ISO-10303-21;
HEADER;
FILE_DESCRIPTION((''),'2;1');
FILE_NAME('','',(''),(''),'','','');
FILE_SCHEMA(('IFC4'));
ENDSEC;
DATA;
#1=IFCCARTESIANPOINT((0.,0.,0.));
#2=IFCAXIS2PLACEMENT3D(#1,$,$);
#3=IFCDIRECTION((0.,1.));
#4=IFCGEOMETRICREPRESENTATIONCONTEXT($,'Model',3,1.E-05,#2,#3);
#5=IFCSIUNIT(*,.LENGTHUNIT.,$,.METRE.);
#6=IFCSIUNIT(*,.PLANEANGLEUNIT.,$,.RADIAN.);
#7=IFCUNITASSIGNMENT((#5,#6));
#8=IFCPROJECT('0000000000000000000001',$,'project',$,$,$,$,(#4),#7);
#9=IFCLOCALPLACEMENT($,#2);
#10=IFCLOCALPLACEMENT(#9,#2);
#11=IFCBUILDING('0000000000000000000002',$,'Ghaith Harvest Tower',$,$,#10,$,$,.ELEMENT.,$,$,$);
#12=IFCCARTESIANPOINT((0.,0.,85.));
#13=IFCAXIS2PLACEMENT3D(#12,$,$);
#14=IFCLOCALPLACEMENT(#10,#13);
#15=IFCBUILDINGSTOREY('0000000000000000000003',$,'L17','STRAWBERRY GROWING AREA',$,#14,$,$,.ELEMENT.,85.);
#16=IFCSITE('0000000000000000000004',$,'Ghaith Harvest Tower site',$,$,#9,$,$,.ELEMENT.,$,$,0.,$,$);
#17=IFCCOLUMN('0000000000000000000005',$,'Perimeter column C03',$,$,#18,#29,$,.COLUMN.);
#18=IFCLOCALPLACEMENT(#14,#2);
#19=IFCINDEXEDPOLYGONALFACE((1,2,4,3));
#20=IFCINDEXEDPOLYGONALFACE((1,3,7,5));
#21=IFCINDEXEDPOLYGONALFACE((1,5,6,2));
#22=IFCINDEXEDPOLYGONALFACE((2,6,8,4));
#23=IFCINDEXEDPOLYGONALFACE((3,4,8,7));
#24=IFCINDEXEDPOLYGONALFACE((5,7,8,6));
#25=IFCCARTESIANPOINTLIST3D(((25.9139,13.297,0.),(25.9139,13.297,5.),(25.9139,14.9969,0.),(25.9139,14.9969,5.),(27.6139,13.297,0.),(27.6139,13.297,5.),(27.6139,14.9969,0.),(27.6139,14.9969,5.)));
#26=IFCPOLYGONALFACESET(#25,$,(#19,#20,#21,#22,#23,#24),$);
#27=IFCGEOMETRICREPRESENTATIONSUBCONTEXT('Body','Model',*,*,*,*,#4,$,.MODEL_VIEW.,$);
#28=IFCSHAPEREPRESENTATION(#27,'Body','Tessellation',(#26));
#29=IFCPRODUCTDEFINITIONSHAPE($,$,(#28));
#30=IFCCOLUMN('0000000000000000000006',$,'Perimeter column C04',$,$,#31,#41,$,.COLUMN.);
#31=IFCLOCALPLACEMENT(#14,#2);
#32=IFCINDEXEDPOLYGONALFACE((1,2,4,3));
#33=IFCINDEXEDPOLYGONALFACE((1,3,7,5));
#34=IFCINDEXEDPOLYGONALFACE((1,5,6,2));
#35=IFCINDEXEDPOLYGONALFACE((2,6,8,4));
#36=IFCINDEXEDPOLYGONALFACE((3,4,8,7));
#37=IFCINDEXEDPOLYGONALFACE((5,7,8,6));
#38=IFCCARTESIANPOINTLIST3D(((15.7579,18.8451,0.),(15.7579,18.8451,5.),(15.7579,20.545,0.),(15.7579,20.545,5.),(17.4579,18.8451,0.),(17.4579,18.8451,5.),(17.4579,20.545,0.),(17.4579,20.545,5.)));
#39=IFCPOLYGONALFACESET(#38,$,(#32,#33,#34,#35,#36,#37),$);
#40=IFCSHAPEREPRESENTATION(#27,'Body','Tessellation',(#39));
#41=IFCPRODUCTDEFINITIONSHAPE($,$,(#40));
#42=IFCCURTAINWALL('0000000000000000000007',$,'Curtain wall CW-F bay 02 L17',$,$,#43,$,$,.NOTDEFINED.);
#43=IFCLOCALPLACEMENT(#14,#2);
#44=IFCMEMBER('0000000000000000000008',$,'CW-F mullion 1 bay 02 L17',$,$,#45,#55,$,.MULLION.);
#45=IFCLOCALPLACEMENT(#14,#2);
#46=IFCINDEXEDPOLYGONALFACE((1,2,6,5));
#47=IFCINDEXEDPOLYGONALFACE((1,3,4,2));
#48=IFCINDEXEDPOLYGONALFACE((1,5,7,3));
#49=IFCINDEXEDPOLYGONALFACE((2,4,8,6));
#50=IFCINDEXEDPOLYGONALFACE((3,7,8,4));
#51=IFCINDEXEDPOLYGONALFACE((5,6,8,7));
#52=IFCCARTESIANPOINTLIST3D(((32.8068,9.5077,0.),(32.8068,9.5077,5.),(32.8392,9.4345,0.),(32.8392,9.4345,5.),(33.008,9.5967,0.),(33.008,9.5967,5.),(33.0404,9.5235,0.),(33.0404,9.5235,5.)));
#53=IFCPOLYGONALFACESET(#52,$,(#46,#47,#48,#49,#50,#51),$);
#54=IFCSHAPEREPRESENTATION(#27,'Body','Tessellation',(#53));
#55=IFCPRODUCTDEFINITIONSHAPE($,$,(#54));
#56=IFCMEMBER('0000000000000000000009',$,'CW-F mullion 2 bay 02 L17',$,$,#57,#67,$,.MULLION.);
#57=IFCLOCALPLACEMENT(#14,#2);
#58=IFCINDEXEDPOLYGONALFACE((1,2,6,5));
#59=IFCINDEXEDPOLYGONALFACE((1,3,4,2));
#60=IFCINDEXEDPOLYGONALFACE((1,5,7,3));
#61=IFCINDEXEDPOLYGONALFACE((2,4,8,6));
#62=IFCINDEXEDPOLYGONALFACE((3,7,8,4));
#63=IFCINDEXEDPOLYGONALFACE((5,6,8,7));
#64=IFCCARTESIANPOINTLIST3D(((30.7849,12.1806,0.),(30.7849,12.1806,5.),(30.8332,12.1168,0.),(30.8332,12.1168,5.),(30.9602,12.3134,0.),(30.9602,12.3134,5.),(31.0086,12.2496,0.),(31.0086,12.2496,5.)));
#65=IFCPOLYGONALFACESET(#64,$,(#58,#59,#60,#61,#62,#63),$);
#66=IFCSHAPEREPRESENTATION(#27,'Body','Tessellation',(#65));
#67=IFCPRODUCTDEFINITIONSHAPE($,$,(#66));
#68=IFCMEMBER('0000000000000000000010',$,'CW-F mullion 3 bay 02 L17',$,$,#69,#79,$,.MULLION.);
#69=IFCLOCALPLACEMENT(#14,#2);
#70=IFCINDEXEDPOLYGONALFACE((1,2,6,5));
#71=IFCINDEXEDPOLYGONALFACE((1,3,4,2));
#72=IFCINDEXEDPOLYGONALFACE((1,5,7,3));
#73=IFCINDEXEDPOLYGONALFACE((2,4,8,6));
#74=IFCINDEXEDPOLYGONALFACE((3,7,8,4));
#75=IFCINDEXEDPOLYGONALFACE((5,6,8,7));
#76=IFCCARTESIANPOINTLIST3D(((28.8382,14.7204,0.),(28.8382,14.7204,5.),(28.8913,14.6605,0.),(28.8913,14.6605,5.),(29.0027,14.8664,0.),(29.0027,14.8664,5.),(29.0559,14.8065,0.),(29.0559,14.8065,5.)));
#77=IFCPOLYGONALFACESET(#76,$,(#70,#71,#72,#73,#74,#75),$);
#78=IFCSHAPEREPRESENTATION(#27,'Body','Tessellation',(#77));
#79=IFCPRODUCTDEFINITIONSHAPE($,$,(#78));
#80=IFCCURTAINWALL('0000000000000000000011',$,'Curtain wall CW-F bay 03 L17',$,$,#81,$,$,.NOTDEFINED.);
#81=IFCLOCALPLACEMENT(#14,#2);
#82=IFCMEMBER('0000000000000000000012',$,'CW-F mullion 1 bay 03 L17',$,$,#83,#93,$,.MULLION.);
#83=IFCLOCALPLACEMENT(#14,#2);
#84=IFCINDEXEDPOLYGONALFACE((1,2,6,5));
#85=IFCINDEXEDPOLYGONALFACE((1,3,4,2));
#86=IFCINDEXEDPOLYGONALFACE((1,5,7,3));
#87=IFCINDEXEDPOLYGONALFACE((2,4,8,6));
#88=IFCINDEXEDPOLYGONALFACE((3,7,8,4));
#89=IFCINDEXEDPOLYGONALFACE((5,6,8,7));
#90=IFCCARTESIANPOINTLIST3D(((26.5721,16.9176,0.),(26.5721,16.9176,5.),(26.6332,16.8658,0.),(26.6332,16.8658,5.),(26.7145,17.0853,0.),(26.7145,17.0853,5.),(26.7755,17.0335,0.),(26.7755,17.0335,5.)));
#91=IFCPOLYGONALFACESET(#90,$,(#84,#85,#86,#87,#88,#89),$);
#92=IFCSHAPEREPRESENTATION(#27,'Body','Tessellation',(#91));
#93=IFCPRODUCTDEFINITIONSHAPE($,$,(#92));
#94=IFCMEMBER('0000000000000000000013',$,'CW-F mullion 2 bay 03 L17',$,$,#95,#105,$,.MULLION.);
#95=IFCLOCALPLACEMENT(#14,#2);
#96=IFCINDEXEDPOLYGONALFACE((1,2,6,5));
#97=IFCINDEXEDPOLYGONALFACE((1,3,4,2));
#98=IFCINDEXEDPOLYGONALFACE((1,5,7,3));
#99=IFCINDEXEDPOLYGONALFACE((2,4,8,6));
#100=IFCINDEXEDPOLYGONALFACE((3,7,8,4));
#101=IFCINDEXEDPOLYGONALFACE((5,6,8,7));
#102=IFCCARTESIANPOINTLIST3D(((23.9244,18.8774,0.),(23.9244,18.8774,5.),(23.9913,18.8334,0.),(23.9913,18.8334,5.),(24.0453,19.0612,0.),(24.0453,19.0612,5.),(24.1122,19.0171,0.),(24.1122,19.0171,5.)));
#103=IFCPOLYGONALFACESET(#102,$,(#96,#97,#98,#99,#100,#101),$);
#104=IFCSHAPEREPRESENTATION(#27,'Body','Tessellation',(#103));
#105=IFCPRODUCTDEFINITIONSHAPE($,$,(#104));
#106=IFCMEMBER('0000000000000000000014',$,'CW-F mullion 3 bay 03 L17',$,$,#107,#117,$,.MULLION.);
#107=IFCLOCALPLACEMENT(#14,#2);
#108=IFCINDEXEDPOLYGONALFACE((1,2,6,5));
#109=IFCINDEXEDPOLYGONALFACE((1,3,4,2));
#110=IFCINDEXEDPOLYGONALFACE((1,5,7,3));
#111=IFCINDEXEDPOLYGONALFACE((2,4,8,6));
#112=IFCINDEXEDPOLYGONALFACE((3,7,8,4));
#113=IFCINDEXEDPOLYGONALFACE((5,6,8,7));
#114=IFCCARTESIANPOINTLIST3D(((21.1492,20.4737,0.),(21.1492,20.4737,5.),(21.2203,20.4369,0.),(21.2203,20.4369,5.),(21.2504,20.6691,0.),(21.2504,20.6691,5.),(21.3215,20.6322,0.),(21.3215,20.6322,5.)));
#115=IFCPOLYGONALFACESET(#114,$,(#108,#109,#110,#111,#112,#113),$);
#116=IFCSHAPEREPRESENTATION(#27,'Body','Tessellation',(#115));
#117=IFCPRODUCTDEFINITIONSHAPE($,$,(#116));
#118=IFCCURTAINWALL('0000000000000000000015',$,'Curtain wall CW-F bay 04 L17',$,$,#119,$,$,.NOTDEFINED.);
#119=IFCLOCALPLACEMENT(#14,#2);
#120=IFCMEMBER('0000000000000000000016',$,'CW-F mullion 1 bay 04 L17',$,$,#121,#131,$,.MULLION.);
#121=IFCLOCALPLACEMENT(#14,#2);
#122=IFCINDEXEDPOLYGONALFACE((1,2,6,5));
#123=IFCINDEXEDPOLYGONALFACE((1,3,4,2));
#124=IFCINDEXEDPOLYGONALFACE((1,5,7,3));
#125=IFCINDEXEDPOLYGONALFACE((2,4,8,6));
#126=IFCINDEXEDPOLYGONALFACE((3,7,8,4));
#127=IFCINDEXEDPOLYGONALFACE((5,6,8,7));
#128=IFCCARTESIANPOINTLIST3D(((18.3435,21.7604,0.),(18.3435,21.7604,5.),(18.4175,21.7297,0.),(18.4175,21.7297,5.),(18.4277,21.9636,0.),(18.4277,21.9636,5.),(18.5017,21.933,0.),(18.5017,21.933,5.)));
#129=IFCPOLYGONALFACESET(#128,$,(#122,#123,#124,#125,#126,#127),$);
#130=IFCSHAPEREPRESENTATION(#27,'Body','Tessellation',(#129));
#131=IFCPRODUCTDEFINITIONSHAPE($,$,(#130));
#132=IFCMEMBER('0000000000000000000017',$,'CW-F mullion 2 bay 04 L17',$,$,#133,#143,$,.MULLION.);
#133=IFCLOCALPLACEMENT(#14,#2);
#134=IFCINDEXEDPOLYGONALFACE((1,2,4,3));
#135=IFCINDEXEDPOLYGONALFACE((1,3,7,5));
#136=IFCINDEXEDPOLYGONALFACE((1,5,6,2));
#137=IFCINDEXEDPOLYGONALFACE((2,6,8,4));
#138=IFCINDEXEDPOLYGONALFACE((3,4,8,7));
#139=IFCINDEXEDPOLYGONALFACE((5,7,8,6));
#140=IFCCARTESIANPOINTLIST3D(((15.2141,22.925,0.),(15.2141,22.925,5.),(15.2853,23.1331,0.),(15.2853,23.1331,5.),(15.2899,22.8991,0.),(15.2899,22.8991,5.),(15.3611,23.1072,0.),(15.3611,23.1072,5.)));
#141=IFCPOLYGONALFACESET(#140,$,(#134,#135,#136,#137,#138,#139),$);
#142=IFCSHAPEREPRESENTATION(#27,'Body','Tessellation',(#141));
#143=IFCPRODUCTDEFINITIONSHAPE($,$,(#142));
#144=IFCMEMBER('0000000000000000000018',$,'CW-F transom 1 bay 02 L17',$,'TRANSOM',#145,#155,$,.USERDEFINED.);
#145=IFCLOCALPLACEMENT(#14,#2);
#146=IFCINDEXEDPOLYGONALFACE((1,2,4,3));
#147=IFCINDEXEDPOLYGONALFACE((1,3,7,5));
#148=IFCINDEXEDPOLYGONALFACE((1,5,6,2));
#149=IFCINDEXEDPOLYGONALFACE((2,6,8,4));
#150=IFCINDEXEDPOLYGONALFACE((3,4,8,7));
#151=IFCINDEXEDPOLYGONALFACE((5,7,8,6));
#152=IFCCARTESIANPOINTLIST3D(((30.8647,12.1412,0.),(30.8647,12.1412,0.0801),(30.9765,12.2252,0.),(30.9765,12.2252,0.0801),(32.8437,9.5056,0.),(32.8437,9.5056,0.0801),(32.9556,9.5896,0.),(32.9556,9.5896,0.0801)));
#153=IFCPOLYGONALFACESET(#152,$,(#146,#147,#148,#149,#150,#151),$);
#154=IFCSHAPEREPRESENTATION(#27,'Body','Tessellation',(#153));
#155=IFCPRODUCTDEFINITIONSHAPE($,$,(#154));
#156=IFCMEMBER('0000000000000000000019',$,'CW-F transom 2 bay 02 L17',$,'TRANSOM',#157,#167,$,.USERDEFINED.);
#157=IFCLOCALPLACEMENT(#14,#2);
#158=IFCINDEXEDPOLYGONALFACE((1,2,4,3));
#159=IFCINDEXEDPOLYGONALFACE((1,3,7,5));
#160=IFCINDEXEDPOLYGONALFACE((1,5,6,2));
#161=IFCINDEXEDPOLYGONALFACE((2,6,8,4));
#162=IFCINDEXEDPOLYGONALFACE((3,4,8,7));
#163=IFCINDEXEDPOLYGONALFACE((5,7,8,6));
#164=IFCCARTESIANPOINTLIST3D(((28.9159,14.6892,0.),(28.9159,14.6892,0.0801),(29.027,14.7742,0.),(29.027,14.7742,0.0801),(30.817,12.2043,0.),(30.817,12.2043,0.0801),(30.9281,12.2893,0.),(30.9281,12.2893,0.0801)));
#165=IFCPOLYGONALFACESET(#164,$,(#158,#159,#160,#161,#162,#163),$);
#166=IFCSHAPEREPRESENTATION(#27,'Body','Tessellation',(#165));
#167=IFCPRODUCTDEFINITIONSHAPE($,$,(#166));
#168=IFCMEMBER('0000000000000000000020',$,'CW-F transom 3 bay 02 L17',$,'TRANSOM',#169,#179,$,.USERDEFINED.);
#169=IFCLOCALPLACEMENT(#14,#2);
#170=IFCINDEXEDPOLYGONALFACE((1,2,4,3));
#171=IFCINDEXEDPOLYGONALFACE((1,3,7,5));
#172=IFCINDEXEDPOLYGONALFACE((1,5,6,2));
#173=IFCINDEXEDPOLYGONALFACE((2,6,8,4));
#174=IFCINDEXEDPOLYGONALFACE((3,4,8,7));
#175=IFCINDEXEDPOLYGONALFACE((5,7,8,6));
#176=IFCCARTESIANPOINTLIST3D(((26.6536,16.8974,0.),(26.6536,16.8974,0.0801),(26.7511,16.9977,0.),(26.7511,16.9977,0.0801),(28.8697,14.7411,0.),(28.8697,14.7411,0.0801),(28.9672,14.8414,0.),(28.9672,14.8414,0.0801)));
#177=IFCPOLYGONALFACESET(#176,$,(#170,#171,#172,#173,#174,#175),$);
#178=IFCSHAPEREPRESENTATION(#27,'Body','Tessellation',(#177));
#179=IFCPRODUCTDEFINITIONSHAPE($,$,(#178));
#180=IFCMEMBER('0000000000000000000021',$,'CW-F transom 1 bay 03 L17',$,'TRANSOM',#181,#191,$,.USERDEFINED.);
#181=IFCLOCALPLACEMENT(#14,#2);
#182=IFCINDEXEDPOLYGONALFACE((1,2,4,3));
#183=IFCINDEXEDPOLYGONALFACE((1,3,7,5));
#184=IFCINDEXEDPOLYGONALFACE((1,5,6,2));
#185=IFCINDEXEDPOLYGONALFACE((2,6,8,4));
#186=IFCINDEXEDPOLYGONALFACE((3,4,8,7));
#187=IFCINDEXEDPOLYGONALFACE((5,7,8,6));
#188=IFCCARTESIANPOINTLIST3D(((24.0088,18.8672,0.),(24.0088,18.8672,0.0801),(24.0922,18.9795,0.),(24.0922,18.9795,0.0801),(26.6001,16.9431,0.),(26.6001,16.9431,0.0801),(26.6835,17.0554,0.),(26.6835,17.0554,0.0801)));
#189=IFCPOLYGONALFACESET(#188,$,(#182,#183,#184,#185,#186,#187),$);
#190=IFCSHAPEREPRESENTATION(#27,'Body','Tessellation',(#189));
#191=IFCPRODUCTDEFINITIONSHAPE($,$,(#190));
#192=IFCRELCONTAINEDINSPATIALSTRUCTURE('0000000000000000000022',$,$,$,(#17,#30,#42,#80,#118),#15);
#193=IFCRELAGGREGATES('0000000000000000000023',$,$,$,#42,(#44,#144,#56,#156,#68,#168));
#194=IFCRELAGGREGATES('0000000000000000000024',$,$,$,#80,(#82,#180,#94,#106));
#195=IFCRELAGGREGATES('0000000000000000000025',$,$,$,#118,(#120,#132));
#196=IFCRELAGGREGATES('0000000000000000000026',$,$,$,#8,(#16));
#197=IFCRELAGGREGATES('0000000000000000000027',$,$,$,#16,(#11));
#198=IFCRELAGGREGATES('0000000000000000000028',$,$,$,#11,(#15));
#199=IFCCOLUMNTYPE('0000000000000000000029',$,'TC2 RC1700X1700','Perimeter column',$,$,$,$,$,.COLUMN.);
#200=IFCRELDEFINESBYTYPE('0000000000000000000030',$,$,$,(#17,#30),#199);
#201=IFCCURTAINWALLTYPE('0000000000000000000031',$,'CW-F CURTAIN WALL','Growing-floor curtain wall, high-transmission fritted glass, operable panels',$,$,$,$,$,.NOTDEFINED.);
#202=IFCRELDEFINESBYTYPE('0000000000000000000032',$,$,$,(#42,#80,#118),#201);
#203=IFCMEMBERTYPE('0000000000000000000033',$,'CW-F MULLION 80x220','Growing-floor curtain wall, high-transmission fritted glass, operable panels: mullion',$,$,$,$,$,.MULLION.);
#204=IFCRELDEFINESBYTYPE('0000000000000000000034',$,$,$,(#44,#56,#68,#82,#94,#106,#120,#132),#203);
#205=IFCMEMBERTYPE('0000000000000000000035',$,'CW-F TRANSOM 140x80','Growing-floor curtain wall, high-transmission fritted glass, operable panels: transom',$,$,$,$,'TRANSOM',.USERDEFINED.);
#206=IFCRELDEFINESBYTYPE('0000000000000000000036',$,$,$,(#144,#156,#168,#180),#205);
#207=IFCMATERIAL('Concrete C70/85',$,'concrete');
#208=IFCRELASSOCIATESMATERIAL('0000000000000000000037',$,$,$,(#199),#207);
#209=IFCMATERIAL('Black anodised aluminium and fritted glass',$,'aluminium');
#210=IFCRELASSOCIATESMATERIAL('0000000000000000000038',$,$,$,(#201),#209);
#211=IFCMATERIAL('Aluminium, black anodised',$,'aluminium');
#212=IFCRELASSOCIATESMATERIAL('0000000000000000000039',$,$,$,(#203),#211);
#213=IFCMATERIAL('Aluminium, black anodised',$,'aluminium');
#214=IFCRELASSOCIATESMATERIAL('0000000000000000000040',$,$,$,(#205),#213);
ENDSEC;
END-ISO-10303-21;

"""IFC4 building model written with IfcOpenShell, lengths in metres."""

from ifc_helpers import new_model, si_unit, direction, frame, origin, origin_2d, place, context, subcontext, project, spatial, rectangle, extrude, material, material_profile, profile_set, type_object, element, aggregate, save


model = new_model("IFC4")

# Units and contexts
model_context = context("Model", 3, precision=1e-05, world=origin(), true_north=direction((0.0, 1.0)))
body_context = subcontext(model_context, "Body", "Model", "MODEL_VIEW")
ifc_project = project(units=[si_unit("LENGTHUNIT", "METRE"), si_unit("PLANEANGLEUNIT", "RADIAN")], contexts=[model_context])

# Site, building, storey
site_placement = place(None, origin())
site = spatial("IfcSite", under=ifc_project, at=site_placement, Name="Ghaith Harvest Tower site", CompositionType="ELEMENT", RefElevation=0.0)
building_placement = place(site_placement, origin())
building = spatial("IfcBuilding", under=site, at=building_placement, Name="Ghaith Harvest Tower", CompositionType="ELEMENT")
storey_placement = place(building_placement, frame((0.0, 0.0, 85.0)))
storey = spatial("IfcBuildingStorey", under=building, at=storey_placement, Name="L17", Description="STRAWBERRY GROWING AREA", CompositionType="ELEMENT", Elevation=85.0)

# Columns
ifc_material_1 = material(Name="Concrete C70/85", Category="concrete")
ifc_material_profile_1 = material_profile(ifc_material_1, rectangle(XDim=1.7, YDim=1.7, at=origin_2d()), Name="RC1700X1700")
ifc_profile_set_1 = profile_set([ifc_material_profile_1], Name="Concrete C70/85")
column_type = type_object("IfcColumnType", Name="TC2 RC1700X1700", Description="Perimeter column", PredefinedType="COLUMN", material=ifc_profile_set_1)
for number, where, z_axis, x_axis, name in (
    (1, (26.7639, 14.147, 0.0), (0.0, 0.0, 1.0), (1.0, 0.0, 0.0), "Perimeter column C03"),
    (2, (16.6079, 19.6951, 0.0), (0.0, 0.0, 1.0), (1.0, 0.0, 0.0), "Perimeter column C04"),
):
    element("IfcColumn", number, at=place(storey_placement, frame(where, z_axis=z_axis, x_axis=x_axis)), inside=storey, type_object=column_type, Name=name, PredefinedType="COLUMN", context=body_context, shape_type="SweptSolid", body=[
        extrude(rectangle(XDim=1.7, YDim=1.7, at=origin_2d()), origin(), (0.0, 0.0, 1.0), 5.0),
    ])

# Curtain walls, members
ifc_material_2 = material(Name="Black anodised aluminium and fritted glass", Category="aluminium")
curtain_wall_type = type_object("IfcCurtainWallType", Name="CW-F CURTAIN WALL", Description="Growing-floor curtain wall, high-transmission fritted glass, operable panels", PredefinedType="NOTDEFINED", material=ifc_material_2)
curtain_wall_1_placement = place(storey_placement, origin())
curtain_wall_1 = element("IfcCurtainWall", 3, at=curtain_wall_1_placement, inside=storey, type_object=curtain_wall_type, Name="Curtain wall CW-F bay 02 L17", PredefinedType="NOTDEFINED")
ifc_material_3 = material(Name="Aluminium, black anodised", Category="aluminium")
ifc_material_profile_2 = material_profile(ifc_material_3, rectangle(XDim=0.0801, YDim=0.22, at=origin_2d()), Name="CW-F MULLION 80x220")
ifc_profile_set_2 = profile_set([ifc_material_profile_2], Name="Aluminium, black anodised")
member_type_1 = type_object("IfcMemberType", Name="CW-F MULLION 80x220", Description="Growing-floor curtain wall, high-transmission fritted glass, operable panels: mullion", PredefinedType="MULLION", material=ifc_profile_set_2)
member_1_placement = place(storey_placement, frame((32.9236, 9.5156, 0.0), z_axis=(0.0, 0.0, 1.0), x_axis=(-0.404702, 0.914449, 0.0)))
member_1 = element("IfcMember", 4, at=member_1_placement, type_object=member_type_1, Name="CW-F mullion 1 bay 02 L17", PredefinedType="MULLION", context=body_context, shape_type="SweptSolid", body=[
    extrude(rectangle(XDim=0.0801, YDim=0.22, at=origin_2d()), origin(), (0.0, 0.0, 1.0), 5.0),
])
member_2_placement = place(storey_placement, frame((30.8967, 12.2151, 0.0), z_axis=(0.0, 0.0, 1.0), x_axis=(-0.603948, 0.797023, 0.0)))
member_2 = element("IfcMember", 5, at=member_2_placement, type_object=member_type_1, Name="CW-F mullion 2 bay 02 L17", PredefinedType="MULLION", context=body_context, shape_type="SweptSolid", body=[
    extrude(rectangle(XDim=0.0801, YDim=0.22, at=origin_2d()), origin(), (0.0, 0.0, 1.0), 5.0),
])
member_3_placement = place(storey_placement, frame((28.947, 14.7634, 0.0), z_axis=(0.0, 0.0, 1.0), x_axis=(-0.663605, 0.748083, 0.0)))
member_3 = element("IfcMember", 6, at=member_3_placement, type_object=member_type_1, Name="CW-F mullion 3 bay 02 L17", PredefinedType="MULLION", context=body_context, shape_type="SweptSolid", body=[
    extrude(rectangle(XDim=0.0801, YDim=0.22, at=origin_2d()), origin(), (0.0, 0.0, 1.0), 5.0),
])
curtain_wall_2_placement = place(storey_placement, origin())
curtain_wall_2 = element("IfcCurtainWall", 7, at=curtain_wall_2_placement, inside=storey, type_object=curtain_wall_type, Name="Curtain wall CW-F bay 03 L17", PredefinedType="NOTDEFINED")
member_4_placement = place(storey_placement, frame((26.6738, 16.9756, 0.0), z_axis=(0.0, 0.0, 1.0), x_axis=(-0.762366, 0.647146, 0.0)))
member_4 = element("IfcMember", 8, at=member_4_placement, type_object=member_type_1, Name="CW-F mullion 1 bay 03 L17", PredefinedType="MULLION", context=body_context, shape_type="SweptSolid", body=[
    extrude(rectangle(XDim=0.0801, YDim=0.22, at=origin_2d()), origin(), (0.0, 0.0, 1.0), 5.0),
])
member_5_placement = place(storey_placement, frame((24.0183, 18.9473, 0.0), z_axis=(0.0, 0.0, 1.0), x_axis=(-0.835444, 0.549576, 0.0)))
member_5 = element("IfcMember", 9, at=member_5_placement, type_object=member_type_1, Name="CW-F mullion 2 bay 03 L17", PredefinedType="MULLION", context=body_context, shape_type="SweptSolid", body=[
    extrude(rectangle(XDim=0.0801, YDim=0.22, at=origin_2d()), origin(), (0.0, 0.0, 1.0), 5.0),
])
member_6_placement = place(storey_placement, frame((21.2354, 20.553, 0.0), z_axis=(0.0, 0.0, 1.0), x_axis=(-0.887897, 0.460043, 0.0)))
member_6 = element("IfcMember", 10, at=member_6_placement, type_object=member_type_1, Name="CW-F mullion 3 bay 03 L17", PredefinedType="MULLION", context=body_context, shape_type="SweptSolid", body=[
    extrude(rectangle(XDim=0.0801, YDim=0.22, at=origin_2d()), origin(), (0.0, 0.0, 1.0), 5.0),
])
curtain_wall_3_placement = place(storey_placement, origin())
curtain_wall_3 = element("IfcCurtainWall", 11, at=curtain_wall_3_placement, inside=storey, type_object=curtain_wall_type, Name="Curtain wall CW-F bay 04 L17", PredefinedType="NOTDEFINED")
member_7_placement = place(storey_placement, frame((18.4226, 21.8467, 0.0), z_axis=(0.0, 0.0, 1.0), x_axis=(-0.92391, 0.382609, 0.0)))
member_7 = element("IfcMember", 12, at=member_7_placement, type_object=member_type_1, Name="CW-F mullion 1 bay 04 L17", PredefinedType="MULLION", context=body_context, shape_type="SweptSolid", body=[
    extrude(rectangle(XDim=0.0801, YDim=0.22, at=origin_2d()), origin(), (0.0, 0.0, 1.0), 5.0),
])
member_8_placement = place(storey_placement, frame((15.2876, 23.0161, 0.0), z_axis=(0.0, 0.0, 1.0), x_axis=(-0.946121, 0.323813, 0.0)))
member_8 = element("IfcMember", 13, at=member_8_placement, type_object=member_type_1, Name="CW-F mullion 2 bay 04 L17", PredefinedType="MULLION", context=body_context, shape_type="SweptSolid", body=[
    extrude(rectangle(XDim=0.0801, YDim=0.22, at=origin_2d()), origin(), (0.0, 0.0, 1.0), 5.0),
])

# Members
ifc_material_4 = material(Name="Aluminium, black anodised", Category="aluminium")
ifc_material_profile_3 = material_profile(ifc_material_4, rectangle(XDim=0.1399, YDim=0.0801, at=origin_2d()), Name="CW-F TRANSOM 140x80")
ifc_profile_set_3 = profile_set([ifc_material_profile_3], Name="Aluminium, black anodised")
member_type_2 = type_object("IfcMemberType", Name="CW-F TRANSOM 140x80", Description="Growing-floor curtain wall, high-transmission fritted glass, operable panels: transom", ElementType="TRANSOM", PredefinedType="USERDEFINED", material=ifc_profile_set_3)
member_9_placement = place(storey_placement, frame((32.8997, 9.5476, 0.04), z_axis=(-0.600462, 0.799653, 0.0), x_axis=(-0.799653, -0.600462, 0.0)))
member_9 = element("IfcMember", 14, at=member_9_placement, type_object=member_type_2, Name="CW-F transom 1 bay 02 L17", ObjectType="TRANSOM", PredefinedType="USERDEFINED", context=body_context, shape_type="SweptSolid", body=[
    extrude(rectangle(XDim=0.1399, YDim=0.0801, at=origin_2d()), origin(), (0.0, 0.0, 1.0), 3.2959),
])
member_10_placement = place(storey_placement, frame((30.8726, 12.2468, 0.04), z_axis=(-0.607638, 0.794214, 0.0), x_axis=(-0.794214, -0.607638, 0.0)))
member_10 = element("IfcMember", 15, at=member_10_placement, type_object=member_type_2, Name="CW-F transom 2 bay 02 L17", ObjectType="TRANSOM", PredefinedType="USERDEFINED", context=body_context, shape_type="SweptSolid", body=[
    extrude(rectangle(XDim=0.1399, YDim=0.0801, at=origin_2d()), origin(), (0.0, 0.0, 1.0), 3.1287),
])
member_11_placement = place(storey_placement, frame((28.9185, 14.7913, 0.04), z_axis=(-0.716713, 0.697368, 0.0), x_axis=(-0.697368, -0.716713, 0.0)))
member_11 = element("IfcMember", 16, at=member_11_placement, type_object=member_type_2, Name="CW-F transom 3 bay 02 L17", ObjectType="TRANSOM", PredefinedType="USERDEFINED", context=body_context, shape_type="SweptSolid", body=[
    extrude(rectangle(XDim=0.1399, YDim=0.0801, at=origin_2d()), origin(), (0.0, 0.0, 1.0), 3.092),
])
member_12_placement = place(storey_placement, frame((26.6418, 16.9993, 0.04), z_axis=(-0.802877, 0.596144, 0.0), x_axis=(-0.596144, -0.802877, 0.0)))
member_12 = element("IfcMember", 17, at=member_12_placement, type_object=member_type_2, Name="CW-F transom 1 bay 03 L17", ObjectType="TRANSOM", PredefinedType="USERDEFINED", context=body_context, shape_type="SweptSolid", body=[
    extrude(rectangle(XDim=0.1399, YDim=0.0801, at=origin_2d()), origin(), (0.0, 0.0, 1.0), 3.2275),
])

aggregate(curtain_wall_1, [member_1, member_9, member_2, member_10, member_3, member_11])
aggregate(curtain_wall_2, [member_4, member_12, member_5, member_6])
aggregate(curtain_wall_3, [member_7, member_8])

save(model, "model.ifc")
